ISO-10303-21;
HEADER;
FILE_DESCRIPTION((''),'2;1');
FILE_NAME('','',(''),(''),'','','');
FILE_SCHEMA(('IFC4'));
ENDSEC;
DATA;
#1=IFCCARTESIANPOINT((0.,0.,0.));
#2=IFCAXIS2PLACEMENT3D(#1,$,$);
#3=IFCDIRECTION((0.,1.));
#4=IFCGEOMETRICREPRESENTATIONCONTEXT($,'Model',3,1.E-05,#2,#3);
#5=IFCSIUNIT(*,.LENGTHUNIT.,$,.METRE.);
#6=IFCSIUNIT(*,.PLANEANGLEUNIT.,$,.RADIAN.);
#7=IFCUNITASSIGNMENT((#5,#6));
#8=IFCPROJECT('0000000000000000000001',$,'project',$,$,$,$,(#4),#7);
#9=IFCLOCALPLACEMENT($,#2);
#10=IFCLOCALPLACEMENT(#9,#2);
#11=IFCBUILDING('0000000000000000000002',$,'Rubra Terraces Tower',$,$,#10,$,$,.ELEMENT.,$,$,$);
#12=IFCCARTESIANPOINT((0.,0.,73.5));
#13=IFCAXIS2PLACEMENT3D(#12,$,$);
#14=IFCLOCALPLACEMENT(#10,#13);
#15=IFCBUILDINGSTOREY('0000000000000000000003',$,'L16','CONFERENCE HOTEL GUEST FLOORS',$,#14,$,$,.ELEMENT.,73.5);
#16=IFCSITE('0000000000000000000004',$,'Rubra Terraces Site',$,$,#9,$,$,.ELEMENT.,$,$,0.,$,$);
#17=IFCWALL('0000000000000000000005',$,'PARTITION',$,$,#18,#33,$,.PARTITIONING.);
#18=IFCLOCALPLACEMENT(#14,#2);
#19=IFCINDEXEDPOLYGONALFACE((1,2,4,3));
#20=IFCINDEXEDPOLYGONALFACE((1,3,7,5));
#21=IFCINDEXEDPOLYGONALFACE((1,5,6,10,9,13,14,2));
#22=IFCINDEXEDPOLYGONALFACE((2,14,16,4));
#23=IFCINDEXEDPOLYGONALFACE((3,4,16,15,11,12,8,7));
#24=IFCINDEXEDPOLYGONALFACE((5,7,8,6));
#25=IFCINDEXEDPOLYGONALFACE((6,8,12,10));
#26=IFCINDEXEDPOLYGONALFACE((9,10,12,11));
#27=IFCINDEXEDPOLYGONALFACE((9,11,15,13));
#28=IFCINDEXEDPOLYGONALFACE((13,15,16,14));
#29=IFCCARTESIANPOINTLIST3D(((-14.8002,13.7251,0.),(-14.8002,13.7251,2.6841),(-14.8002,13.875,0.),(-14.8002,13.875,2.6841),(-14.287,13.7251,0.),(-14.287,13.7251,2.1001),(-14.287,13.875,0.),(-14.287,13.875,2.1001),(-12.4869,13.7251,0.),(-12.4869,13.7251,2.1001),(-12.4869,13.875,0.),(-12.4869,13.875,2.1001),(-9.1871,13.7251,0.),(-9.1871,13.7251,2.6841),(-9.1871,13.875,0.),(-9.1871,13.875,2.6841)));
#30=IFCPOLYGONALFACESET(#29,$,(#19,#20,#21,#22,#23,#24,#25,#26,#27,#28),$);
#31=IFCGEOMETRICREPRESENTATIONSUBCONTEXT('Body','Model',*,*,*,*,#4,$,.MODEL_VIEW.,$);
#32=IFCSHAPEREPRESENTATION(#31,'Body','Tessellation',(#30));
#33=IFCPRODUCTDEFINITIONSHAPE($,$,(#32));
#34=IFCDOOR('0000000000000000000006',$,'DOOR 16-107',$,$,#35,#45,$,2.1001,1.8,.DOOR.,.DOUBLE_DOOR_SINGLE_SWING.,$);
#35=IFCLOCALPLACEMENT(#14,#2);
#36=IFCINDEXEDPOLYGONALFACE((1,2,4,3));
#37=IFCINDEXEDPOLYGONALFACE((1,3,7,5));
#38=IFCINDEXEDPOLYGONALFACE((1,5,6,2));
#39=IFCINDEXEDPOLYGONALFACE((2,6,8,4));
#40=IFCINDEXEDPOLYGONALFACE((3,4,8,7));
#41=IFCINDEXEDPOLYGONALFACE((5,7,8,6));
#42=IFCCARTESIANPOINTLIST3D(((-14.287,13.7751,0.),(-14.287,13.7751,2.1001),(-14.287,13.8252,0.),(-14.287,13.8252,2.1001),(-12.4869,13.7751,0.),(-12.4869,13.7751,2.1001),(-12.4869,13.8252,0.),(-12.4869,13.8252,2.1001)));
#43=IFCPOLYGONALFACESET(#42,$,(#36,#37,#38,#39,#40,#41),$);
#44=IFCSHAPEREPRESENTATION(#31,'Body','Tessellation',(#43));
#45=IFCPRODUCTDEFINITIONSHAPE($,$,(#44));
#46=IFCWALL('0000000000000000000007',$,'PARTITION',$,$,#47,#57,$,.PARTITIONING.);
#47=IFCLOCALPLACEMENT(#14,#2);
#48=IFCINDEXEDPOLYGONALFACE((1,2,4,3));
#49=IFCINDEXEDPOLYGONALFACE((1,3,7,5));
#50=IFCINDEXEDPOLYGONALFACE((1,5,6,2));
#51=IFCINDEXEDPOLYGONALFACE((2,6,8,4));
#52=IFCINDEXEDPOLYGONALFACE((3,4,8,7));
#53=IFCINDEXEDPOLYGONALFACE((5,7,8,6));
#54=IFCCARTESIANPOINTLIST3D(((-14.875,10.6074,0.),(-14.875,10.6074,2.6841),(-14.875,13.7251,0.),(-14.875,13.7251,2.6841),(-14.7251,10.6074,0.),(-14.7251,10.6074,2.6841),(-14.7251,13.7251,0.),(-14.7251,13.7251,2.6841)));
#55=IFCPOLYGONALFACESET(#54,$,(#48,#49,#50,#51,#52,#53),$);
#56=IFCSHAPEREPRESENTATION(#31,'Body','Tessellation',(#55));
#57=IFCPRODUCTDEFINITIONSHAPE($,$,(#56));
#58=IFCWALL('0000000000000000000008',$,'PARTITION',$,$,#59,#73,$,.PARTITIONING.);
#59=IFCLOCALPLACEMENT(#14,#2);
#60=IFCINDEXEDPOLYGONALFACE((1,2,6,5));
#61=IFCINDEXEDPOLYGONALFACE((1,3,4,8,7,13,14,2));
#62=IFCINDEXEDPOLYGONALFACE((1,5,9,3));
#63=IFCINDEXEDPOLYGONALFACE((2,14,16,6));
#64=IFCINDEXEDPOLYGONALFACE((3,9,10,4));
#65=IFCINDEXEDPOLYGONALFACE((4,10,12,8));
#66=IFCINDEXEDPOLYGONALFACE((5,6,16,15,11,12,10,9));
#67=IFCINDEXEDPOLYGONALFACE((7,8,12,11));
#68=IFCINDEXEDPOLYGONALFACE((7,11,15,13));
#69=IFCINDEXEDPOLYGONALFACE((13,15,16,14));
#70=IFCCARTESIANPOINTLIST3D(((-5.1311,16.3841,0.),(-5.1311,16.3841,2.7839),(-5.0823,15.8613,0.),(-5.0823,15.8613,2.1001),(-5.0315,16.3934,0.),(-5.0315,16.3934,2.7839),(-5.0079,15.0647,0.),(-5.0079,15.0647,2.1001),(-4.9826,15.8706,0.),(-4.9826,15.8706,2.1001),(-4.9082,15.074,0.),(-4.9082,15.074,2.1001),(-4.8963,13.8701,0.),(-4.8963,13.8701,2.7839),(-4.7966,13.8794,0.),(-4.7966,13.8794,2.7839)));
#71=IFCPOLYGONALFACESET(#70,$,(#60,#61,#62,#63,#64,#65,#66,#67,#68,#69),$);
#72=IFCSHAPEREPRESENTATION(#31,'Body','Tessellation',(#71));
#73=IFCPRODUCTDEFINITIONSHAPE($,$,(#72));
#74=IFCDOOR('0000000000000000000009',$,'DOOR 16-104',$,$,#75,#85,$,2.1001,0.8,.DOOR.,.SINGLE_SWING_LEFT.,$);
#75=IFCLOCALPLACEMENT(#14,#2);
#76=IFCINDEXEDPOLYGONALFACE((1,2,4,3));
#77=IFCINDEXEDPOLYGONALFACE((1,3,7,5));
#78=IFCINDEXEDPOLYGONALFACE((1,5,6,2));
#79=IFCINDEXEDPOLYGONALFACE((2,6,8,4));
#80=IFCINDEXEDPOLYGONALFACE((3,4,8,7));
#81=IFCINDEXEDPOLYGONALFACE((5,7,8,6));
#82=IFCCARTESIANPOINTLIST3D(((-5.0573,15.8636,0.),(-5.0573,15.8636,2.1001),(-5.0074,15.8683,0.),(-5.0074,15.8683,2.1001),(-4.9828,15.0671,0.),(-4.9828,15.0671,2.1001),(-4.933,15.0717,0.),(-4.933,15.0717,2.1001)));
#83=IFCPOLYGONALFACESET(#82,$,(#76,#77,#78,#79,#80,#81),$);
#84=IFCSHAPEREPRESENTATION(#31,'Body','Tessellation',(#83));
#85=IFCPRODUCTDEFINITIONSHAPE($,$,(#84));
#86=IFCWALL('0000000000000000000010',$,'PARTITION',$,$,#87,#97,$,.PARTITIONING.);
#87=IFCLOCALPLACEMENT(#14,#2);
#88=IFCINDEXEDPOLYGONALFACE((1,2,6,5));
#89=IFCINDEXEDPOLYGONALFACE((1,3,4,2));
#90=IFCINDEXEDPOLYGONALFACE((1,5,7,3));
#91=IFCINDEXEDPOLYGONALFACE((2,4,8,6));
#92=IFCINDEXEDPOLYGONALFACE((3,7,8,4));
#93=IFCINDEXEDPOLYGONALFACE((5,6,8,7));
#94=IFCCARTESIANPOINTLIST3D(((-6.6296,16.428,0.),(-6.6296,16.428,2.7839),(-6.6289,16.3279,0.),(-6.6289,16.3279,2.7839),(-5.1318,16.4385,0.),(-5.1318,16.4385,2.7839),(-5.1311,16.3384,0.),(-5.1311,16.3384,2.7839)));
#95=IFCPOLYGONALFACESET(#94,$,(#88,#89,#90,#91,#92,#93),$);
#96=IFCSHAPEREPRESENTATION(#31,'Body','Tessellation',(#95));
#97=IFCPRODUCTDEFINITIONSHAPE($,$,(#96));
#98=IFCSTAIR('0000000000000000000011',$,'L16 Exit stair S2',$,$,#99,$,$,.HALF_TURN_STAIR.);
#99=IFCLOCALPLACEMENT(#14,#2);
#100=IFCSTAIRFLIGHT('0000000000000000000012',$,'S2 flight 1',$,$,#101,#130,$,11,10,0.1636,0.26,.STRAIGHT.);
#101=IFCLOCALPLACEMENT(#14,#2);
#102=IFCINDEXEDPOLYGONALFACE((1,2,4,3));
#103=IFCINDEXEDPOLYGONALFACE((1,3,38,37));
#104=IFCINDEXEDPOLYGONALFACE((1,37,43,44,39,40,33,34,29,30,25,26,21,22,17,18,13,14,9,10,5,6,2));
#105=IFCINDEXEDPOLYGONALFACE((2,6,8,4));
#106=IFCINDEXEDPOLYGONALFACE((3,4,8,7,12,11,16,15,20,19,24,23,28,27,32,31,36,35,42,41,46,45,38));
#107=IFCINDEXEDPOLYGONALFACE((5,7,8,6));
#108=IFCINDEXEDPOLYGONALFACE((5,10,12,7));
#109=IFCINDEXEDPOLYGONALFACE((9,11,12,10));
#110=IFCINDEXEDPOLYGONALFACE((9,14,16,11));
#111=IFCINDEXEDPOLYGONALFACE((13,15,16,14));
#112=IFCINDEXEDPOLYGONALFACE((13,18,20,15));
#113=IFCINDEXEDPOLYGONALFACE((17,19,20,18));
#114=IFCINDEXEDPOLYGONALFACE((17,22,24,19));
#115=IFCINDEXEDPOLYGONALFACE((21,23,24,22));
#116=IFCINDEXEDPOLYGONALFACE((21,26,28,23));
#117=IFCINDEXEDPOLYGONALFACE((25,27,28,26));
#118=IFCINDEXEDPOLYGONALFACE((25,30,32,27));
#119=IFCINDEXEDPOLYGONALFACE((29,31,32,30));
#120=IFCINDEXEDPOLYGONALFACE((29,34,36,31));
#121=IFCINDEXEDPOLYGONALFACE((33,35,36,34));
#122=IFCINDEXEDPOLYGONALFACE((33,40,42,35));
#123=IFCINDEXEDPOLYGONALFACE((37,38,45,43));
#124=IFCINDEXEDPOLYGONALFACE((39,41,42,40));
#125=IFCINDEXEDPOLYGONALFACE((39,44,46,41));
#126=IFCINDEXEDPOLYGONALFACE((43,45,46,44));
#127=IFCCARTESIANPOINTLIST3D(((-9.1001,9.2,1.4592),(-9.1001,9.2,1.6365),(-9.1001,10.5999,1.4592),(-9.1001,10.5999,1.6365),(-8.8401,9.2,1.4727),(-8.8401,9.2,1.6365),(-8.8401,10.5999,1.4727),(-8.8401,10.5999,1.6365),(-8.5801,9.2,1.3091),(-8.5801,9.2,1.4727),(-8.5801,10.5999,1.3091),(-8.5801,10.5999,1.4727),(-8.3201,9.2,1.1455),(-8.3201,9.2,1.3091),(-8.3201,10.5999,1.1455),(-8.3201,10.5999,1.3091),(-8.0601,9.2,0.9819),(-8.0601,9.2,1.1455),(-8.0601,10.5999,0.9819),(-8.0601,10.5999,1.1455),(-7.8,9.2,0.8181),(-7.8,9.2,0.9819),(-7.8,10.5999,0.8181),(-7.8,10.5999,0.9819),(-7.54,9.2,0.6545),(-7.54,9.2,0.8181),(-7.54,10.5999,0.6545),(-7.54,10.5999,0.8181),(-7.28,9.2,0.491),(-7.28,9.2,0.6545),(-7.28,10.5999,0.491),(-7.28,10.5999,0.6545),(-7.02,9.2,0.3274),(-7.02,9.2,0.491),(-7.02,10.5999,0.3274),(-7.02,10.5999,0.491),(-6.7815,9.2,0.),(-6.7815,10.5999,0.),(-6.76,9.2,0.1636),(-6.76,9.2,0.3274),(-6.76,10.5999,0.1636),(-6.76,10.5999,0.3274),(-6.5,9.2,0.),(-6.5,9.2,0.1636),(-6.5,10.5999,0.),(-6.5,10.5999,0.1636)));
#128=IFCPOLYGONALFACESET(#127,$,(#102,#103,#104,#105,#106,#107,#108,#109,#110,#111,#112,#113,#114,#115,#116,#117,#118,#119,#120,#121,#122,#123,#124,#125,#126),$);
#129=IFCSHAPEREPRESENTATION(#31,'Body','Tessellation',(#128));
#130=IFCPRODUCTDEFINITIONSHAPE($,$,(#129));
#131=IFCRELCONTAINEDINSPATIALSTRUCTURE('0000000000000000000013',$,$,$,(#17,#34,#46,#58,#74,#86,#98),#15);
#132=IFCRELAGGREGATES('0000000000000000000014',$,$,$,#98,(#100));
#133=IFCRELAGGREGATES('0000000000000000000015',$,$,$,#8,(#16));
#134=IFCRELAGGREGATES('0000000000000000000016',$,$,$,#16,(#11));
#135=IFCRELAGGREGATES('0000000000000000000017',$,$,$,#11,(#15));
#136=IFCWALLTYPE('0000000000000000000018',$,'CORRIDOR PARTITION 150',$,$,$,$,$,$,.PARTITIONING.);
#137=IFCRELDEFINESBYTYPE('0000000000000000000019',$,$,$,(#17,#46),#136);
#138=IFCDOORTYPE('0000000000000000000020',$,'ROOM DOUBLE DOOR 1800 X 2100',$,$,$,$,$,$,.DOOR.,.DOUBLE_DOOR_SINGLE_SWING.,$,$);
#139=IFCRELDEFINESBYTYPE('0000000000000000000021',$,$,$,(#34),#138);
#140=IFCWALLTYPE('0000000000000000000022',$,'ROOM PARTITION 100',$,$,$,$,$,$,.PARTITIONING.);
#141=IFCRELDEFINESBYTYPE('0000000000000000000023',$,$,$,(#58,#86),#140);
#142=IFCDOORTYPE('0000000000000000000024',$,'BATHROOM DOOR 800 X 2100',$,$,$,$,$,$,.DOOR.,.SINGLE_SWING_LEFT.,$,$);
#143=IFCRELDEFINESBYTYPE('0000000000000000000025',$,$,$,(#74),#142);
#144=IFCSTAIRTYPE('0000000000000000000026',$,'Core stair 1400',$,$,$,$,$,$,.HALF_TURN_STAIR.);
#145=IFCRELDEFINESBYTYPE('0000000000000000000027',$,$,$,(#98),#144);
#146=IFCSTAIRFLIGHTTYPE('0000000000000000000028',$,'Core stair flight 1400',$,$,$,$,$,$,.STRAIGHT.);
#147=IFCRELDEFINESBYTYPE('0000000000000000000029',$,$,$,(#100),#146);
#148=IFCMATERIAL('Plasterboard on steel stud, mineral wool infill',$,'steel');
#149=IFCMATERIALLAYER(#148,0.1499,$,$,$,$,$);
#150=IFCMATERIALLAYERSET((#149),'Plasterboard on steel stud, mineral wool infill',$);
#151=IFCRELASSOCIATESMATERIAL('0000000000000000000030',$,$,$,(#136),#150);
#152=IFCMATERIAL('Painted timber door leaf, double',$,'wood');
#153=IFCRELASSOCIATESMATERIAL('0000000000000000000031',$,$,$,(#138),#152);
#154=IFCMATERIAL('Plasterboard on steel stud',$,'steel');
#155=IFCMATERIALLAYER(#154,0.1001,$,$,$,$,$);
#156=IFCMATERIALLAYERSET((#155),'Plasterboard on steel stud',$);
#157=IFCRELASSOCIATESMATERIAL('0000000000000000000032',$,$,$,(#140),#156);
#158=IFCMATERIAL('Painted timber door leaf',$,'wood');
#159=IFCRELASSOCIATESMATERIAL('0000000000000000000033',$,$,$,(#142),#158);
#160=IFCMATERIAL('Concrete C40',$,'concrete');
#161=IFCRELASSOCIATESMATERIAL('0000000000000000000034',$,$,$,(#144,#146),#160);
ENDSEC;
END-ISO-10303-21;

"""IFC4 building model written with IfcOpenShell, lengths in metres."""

from ifc_helpers import new_model, si_unit, direction, frame, frame_2d, origin, place, context, subcontext, project, spatial, polyline, rectangle, outline, extrude, material, layer, layer_set, type_object, element, fill, aggregate, save


model = new_model("IFC4")

# Units and contexts
model_context = context("Model", 3, precision=1e-05, world=origin(), true_north=direction((0.0, 1.0)))
body_context = subcontext(model_context, "Body", "Model", "MODEL_VIEW")
ifc_project = project(units=[si_unit("LENGTHUNIT", "METRE"), si_unit("PLANEANGLEUNIT", "RADIAN")], contexts=[model_context])

# Site, building, storey
site_placement = place(None, origin())
site = spatial("IfcSite", under=ifc_project, at=site_placement, Name="Rubra Terraces Site", CompositionType="ELEMENT", RefElevation=0.0)
building_placement = place(site_placement, origin())
building = spatial("IfcBuilding", under=site, at=building_placement, Name="Rubra Terraces Tower", CompositionType="ELEMENT")
storey_placement = place(building_placement, frame((0.0, 0.0, 73.5)))
storey = spatial("IfcBuildingStorey", under=building, at=storey_placement, Name="L16", Description="CONFERENCE HOTEL GUEST FLOORS", CompositionType="ELEMENT", Elevation=73.5)

# Wall, opening, door
ifc_material_1 = material(Name="Plasterboard on steel stud, mineral wool infill", Category="steel")
ifc_layer_1 = layer(ifc_material_1, 0.1499)
ifc_layer_set_1 = layer_set([ifc_layer_1], Name="Plasterboard on steel stud, mineral wool infill")
wall_type_1 = type_object("IfcWallType", Name="CORRIDOR PARTITION 150", PredefinedType="PARTITIONING", material=ifc_layer_set_1)
ifc_material_2 = material(Name="Painted timber door leaf", Category="wood")
wall_1_placement = place(storey_placement, frame((-9.187, 13.8, 0.0), z_axis=(0.0, 0.0, 1.0), x_axis=(-1.0, 0.0, 0.0)))
wall_1 = element("IfcWall", 1, at=wall_1_placement, inside=storey, type_object=wall_type_1, Name="PARTITION", PredefinedType="PARTITIONING", context=body_context, shape_type="SweptSolid", body=[
    extrude(rectangle(XDim=5.613, YDim=0.1499, at=frame_2d((2.8066, 0.0))), origin(), (0.0, 0.0, 1.0), 2.6841),
])
opening_1_placement = place(wall_1_placement, frame((3.3, 0.0, 0.0)))
opening_1 = element("IfcOpeningElement", 2, at=opening_1_placement, cuts=wall_1, PredefinedType="OPENING", context=body_context, shape_type="SweptSolid", body=[
    extrude(rectangle(XDim=1.8, YDim=2.1001, at=frame_2d((0.8999, 1.05))), frame((0.0, 0.085, 0.0), z_axis=(0.0, -1.0, 0.0), x_axis=(1.0, 0.0, 0.0)), (0.0, 0.0, 1.0), 0.1699),
])
ifc_material_3 = material(Name="Painted timber door leaf, double", Category="wood")
door_type_1 = type_object("IfcDoorType", Name="ROOM DOUBLE DOOR 1800 X 2100", OperationType="DOUBLE_DOOR_SINGLE_SWING", PredefinedType="DOOR", material=ifc_material_3)
door_1_placement = place(opening_1_placement, origin())
door_1 = element("IfcDoor", 3, at=door_1_placement, inside=storey, type_object=door_type_1, Name="DOOR 16-107", OperationType="DOUBLE_DOOR_SINGLE_SWING", OverallHeight=2.1001, OverallWidth=1.8, PredefinedType="DOOR", context=body_context, shape_type="SweptSolid", body=[
    extrude(rectangle(XDim=1.8, YDim=2.1001, at=frame_2d((0.8999, 1.05))), frame((0.0, 0.0249, 0.0), z_axis=(0.0, -1.0, 0.0), x_axis=(1.0, 0.0, 0.0)), (0.0, 0.0, 1.0), 0.05),
])
fill(opening_1, door_1)

# Wall
wall_2_placement = place(storey_placement, frame((-14.8, 13.7251, 0.0), z_axis=(0.0, 0.0, 1.0), x_axis=(0.0, -1.0, 0.0)))
element("IfcWall", 4, at=wall_2_placement, inside=storey, type_object=wall_type_1, Name="PARTITION", PredefinedType="PARTITIONING", context=body_context, shape_type="SweptSolid", body=[
    extrude(rectangle(XDim=3.1177, YDim=0.1499, at=frame_2d((1.5588, 0.0))), origin(), (0.0, 0.0, 1.0), 2.6841),
])

# Wall, opening, door
ifc_material_4 = material(Name="Plasterboard on steel stud", Category="steel")
ifc_layer_2 = layer(ifc_material_4, 0.1001)
ifc_layer_set_2 = layer_set([ifc_layer_2], Name="Plasterboard on steel stud")
wall_type_2 = type_object("IfcWallType", Name="ROOM PARTITION 100", PredefinedType="PARTITIONING", material=ifc_layer_set_2)
wall_3_placement = place(storey_placement, frame((-4.8464, 13.8748, 0.0), z_axis=(0.0, 0.0, 1.0), x_axis=(-0.09302, 0.995664, 0.0)))
wall_3 = element("IfcWall", 5, at=wall_3_placement, inside=storey, type_object=wall_type_2, Name="PARTITION", PredefinedType="PARTITIONING", context=body_context, shape_type="SweptSolid", body=[
    extrude(rectangle(XDim=2.5249, YDim=0.1001, at=frame_2d((1.2625, 0.0))), origin(), (0.0, 0.0, 1.0), 2.7839),
])
opening_2_placement = place(wall_3_placement, frame((1.2, 0.0, 0.0)))
opening_2 = element("IfcOpeningElement", 6, at=opening_2_placement, cuts=wall_3, PredefinedType="OPENING", context=body_context, shape_type="SweptSolid", body=[
    extrude(rectangle(XDim=0.8, YDim=2.1001, at=frame_2d((0.3999, 1.05))), frame((0.0, 0.0601, 0.0), z_axis=(0.0, -1.0, 0.0), x_axis=(1.0, 0.0, 0.0)), (0.0, 0.0, 1.0), 0.1201),
])
door_type_2 = type_object("IfcDoorType", Name="BATHROOM DOOR 800 X 2100", OperationType="SINGLE_SWING_LEFT", PredefinedType="DOOR", material=ifc_material_2)
door_2_placement = place(opening_2_placement, origin())
door_2 = element("IfcDoor", 7, at=door_2_placement, inside=storey, type_object=door_type_2, Name="DOOR 16-104", OperationType="SINGLE_SWING_LEFT", OverallHeight=2.1001, OverallWidth=0.8, PredefinedType="DOOR", context=body_context, shape_type="SweptSolid", body=[
    extrude(rectangle(XDim=0.8, YDim=2.1001, at=frame_2d((0.3999, 1.05))), frame((0.0, 0.0249, 0.0), z_axis=(0.0, -1.0, 0.0), x_axis=(1.0, 0.0, 0.0)), (0.0, 0.0, 1.0), 0.05),
])
fill(opening_2, door_2)

# Wall
wall_4_placement = place(storey_placement, frame((-5.1313, 16.3884, 0.0), z_axis=(0.0, 0.0, 1.0), x_axis=(-0.999975, -0.007009, 0.0)))
element("IfcWall", 8, at=wall_4_placement, inside=storey, type_object=wall_type_2, Name="PARTITION", PredefinedType="PARTITIONING", context=body_context, shape_type="SweptSolid", body=[
    extrude(rectangle(XDim=1.4978, YDim=0.1001, at=frame_2d((0.749, 0.0))), origin(), (0.0, 0.0, 1.0), 2.7839),
])

# Stair, stair flight
ifc_material_5 = material(Name="Concrete C40", Category="concrete")
stair_type = type_object("IfcStairType", Name="Core stair 1400", PredefinedType="HALF_TURN_STAIR", material=ifc_material_5)
stair_placement = place(storey_placement, origin())
stair = element("IfcStair", 9, at=stair_placement, inside=storey, type_object=stair_type, Name="L16 Exit stair S2", PredefinedType="HALF_TURN_STAIR")
stair_flight_type = type_object("IfcStairFlightType", Name="Core stair flight 1400", PredefinedType="STRAIGHT", material=ifc_material_5)
stair_flight_placement = place(storey_placement, frame((-6.5, 9.8999, 0.0), z_axis=(0.0, 0.0, 1.0), x_axis=(-1.0, 0.0, 0.0)))
stair_flight = element("IfcStairFlight", 10, at=stair_flight_placement, type_object=stair_flight_type, Name="S2 flight 1", NumberOfRisers=11, NumberOfTreads=10, PredefinedType="STRAIGHT", RiserHeight=0.1636, TreadLength=0.26, context=body_context, shape_type="SweptSolid", body=[
    extrude(outline(polyline([(0.0, 0.0), (0.0, 0.1636), (0.26, 0.1636), (0.26, 0.3274), (0.52, 0.3274), (0.52, 0.491), (0.78, 0.491), (0.78, 0.6545), (1.04, 0.6545), (1.04, 0.8181), (1.3, 0.8181), (1.3, 0.9819), (1.5601, 0.9819), (1.5601, 1.1455), (1.8201, 1.1455), (1.8201, 1.3091), (2.0801, 1.3091), (2.0801, 1.4727), (2.3401, 1.4727), (2.3401, 1.6365), (2.6001, 1.6365), (2.6001, 1.8), (2.6001, 1.4592), (0.2815, 0.0), (0.0, 0.0)])), frame((0.0, 0.7, 0.0), z_axis=(0.0, -1.0, 0.0), x_axis=(1.0, 0.0, 0.0)), (0.0, 0.0, 1.0), 1.3999),
])
aggregate(stair, [stair_flight])

save(model, "model.ifc")
